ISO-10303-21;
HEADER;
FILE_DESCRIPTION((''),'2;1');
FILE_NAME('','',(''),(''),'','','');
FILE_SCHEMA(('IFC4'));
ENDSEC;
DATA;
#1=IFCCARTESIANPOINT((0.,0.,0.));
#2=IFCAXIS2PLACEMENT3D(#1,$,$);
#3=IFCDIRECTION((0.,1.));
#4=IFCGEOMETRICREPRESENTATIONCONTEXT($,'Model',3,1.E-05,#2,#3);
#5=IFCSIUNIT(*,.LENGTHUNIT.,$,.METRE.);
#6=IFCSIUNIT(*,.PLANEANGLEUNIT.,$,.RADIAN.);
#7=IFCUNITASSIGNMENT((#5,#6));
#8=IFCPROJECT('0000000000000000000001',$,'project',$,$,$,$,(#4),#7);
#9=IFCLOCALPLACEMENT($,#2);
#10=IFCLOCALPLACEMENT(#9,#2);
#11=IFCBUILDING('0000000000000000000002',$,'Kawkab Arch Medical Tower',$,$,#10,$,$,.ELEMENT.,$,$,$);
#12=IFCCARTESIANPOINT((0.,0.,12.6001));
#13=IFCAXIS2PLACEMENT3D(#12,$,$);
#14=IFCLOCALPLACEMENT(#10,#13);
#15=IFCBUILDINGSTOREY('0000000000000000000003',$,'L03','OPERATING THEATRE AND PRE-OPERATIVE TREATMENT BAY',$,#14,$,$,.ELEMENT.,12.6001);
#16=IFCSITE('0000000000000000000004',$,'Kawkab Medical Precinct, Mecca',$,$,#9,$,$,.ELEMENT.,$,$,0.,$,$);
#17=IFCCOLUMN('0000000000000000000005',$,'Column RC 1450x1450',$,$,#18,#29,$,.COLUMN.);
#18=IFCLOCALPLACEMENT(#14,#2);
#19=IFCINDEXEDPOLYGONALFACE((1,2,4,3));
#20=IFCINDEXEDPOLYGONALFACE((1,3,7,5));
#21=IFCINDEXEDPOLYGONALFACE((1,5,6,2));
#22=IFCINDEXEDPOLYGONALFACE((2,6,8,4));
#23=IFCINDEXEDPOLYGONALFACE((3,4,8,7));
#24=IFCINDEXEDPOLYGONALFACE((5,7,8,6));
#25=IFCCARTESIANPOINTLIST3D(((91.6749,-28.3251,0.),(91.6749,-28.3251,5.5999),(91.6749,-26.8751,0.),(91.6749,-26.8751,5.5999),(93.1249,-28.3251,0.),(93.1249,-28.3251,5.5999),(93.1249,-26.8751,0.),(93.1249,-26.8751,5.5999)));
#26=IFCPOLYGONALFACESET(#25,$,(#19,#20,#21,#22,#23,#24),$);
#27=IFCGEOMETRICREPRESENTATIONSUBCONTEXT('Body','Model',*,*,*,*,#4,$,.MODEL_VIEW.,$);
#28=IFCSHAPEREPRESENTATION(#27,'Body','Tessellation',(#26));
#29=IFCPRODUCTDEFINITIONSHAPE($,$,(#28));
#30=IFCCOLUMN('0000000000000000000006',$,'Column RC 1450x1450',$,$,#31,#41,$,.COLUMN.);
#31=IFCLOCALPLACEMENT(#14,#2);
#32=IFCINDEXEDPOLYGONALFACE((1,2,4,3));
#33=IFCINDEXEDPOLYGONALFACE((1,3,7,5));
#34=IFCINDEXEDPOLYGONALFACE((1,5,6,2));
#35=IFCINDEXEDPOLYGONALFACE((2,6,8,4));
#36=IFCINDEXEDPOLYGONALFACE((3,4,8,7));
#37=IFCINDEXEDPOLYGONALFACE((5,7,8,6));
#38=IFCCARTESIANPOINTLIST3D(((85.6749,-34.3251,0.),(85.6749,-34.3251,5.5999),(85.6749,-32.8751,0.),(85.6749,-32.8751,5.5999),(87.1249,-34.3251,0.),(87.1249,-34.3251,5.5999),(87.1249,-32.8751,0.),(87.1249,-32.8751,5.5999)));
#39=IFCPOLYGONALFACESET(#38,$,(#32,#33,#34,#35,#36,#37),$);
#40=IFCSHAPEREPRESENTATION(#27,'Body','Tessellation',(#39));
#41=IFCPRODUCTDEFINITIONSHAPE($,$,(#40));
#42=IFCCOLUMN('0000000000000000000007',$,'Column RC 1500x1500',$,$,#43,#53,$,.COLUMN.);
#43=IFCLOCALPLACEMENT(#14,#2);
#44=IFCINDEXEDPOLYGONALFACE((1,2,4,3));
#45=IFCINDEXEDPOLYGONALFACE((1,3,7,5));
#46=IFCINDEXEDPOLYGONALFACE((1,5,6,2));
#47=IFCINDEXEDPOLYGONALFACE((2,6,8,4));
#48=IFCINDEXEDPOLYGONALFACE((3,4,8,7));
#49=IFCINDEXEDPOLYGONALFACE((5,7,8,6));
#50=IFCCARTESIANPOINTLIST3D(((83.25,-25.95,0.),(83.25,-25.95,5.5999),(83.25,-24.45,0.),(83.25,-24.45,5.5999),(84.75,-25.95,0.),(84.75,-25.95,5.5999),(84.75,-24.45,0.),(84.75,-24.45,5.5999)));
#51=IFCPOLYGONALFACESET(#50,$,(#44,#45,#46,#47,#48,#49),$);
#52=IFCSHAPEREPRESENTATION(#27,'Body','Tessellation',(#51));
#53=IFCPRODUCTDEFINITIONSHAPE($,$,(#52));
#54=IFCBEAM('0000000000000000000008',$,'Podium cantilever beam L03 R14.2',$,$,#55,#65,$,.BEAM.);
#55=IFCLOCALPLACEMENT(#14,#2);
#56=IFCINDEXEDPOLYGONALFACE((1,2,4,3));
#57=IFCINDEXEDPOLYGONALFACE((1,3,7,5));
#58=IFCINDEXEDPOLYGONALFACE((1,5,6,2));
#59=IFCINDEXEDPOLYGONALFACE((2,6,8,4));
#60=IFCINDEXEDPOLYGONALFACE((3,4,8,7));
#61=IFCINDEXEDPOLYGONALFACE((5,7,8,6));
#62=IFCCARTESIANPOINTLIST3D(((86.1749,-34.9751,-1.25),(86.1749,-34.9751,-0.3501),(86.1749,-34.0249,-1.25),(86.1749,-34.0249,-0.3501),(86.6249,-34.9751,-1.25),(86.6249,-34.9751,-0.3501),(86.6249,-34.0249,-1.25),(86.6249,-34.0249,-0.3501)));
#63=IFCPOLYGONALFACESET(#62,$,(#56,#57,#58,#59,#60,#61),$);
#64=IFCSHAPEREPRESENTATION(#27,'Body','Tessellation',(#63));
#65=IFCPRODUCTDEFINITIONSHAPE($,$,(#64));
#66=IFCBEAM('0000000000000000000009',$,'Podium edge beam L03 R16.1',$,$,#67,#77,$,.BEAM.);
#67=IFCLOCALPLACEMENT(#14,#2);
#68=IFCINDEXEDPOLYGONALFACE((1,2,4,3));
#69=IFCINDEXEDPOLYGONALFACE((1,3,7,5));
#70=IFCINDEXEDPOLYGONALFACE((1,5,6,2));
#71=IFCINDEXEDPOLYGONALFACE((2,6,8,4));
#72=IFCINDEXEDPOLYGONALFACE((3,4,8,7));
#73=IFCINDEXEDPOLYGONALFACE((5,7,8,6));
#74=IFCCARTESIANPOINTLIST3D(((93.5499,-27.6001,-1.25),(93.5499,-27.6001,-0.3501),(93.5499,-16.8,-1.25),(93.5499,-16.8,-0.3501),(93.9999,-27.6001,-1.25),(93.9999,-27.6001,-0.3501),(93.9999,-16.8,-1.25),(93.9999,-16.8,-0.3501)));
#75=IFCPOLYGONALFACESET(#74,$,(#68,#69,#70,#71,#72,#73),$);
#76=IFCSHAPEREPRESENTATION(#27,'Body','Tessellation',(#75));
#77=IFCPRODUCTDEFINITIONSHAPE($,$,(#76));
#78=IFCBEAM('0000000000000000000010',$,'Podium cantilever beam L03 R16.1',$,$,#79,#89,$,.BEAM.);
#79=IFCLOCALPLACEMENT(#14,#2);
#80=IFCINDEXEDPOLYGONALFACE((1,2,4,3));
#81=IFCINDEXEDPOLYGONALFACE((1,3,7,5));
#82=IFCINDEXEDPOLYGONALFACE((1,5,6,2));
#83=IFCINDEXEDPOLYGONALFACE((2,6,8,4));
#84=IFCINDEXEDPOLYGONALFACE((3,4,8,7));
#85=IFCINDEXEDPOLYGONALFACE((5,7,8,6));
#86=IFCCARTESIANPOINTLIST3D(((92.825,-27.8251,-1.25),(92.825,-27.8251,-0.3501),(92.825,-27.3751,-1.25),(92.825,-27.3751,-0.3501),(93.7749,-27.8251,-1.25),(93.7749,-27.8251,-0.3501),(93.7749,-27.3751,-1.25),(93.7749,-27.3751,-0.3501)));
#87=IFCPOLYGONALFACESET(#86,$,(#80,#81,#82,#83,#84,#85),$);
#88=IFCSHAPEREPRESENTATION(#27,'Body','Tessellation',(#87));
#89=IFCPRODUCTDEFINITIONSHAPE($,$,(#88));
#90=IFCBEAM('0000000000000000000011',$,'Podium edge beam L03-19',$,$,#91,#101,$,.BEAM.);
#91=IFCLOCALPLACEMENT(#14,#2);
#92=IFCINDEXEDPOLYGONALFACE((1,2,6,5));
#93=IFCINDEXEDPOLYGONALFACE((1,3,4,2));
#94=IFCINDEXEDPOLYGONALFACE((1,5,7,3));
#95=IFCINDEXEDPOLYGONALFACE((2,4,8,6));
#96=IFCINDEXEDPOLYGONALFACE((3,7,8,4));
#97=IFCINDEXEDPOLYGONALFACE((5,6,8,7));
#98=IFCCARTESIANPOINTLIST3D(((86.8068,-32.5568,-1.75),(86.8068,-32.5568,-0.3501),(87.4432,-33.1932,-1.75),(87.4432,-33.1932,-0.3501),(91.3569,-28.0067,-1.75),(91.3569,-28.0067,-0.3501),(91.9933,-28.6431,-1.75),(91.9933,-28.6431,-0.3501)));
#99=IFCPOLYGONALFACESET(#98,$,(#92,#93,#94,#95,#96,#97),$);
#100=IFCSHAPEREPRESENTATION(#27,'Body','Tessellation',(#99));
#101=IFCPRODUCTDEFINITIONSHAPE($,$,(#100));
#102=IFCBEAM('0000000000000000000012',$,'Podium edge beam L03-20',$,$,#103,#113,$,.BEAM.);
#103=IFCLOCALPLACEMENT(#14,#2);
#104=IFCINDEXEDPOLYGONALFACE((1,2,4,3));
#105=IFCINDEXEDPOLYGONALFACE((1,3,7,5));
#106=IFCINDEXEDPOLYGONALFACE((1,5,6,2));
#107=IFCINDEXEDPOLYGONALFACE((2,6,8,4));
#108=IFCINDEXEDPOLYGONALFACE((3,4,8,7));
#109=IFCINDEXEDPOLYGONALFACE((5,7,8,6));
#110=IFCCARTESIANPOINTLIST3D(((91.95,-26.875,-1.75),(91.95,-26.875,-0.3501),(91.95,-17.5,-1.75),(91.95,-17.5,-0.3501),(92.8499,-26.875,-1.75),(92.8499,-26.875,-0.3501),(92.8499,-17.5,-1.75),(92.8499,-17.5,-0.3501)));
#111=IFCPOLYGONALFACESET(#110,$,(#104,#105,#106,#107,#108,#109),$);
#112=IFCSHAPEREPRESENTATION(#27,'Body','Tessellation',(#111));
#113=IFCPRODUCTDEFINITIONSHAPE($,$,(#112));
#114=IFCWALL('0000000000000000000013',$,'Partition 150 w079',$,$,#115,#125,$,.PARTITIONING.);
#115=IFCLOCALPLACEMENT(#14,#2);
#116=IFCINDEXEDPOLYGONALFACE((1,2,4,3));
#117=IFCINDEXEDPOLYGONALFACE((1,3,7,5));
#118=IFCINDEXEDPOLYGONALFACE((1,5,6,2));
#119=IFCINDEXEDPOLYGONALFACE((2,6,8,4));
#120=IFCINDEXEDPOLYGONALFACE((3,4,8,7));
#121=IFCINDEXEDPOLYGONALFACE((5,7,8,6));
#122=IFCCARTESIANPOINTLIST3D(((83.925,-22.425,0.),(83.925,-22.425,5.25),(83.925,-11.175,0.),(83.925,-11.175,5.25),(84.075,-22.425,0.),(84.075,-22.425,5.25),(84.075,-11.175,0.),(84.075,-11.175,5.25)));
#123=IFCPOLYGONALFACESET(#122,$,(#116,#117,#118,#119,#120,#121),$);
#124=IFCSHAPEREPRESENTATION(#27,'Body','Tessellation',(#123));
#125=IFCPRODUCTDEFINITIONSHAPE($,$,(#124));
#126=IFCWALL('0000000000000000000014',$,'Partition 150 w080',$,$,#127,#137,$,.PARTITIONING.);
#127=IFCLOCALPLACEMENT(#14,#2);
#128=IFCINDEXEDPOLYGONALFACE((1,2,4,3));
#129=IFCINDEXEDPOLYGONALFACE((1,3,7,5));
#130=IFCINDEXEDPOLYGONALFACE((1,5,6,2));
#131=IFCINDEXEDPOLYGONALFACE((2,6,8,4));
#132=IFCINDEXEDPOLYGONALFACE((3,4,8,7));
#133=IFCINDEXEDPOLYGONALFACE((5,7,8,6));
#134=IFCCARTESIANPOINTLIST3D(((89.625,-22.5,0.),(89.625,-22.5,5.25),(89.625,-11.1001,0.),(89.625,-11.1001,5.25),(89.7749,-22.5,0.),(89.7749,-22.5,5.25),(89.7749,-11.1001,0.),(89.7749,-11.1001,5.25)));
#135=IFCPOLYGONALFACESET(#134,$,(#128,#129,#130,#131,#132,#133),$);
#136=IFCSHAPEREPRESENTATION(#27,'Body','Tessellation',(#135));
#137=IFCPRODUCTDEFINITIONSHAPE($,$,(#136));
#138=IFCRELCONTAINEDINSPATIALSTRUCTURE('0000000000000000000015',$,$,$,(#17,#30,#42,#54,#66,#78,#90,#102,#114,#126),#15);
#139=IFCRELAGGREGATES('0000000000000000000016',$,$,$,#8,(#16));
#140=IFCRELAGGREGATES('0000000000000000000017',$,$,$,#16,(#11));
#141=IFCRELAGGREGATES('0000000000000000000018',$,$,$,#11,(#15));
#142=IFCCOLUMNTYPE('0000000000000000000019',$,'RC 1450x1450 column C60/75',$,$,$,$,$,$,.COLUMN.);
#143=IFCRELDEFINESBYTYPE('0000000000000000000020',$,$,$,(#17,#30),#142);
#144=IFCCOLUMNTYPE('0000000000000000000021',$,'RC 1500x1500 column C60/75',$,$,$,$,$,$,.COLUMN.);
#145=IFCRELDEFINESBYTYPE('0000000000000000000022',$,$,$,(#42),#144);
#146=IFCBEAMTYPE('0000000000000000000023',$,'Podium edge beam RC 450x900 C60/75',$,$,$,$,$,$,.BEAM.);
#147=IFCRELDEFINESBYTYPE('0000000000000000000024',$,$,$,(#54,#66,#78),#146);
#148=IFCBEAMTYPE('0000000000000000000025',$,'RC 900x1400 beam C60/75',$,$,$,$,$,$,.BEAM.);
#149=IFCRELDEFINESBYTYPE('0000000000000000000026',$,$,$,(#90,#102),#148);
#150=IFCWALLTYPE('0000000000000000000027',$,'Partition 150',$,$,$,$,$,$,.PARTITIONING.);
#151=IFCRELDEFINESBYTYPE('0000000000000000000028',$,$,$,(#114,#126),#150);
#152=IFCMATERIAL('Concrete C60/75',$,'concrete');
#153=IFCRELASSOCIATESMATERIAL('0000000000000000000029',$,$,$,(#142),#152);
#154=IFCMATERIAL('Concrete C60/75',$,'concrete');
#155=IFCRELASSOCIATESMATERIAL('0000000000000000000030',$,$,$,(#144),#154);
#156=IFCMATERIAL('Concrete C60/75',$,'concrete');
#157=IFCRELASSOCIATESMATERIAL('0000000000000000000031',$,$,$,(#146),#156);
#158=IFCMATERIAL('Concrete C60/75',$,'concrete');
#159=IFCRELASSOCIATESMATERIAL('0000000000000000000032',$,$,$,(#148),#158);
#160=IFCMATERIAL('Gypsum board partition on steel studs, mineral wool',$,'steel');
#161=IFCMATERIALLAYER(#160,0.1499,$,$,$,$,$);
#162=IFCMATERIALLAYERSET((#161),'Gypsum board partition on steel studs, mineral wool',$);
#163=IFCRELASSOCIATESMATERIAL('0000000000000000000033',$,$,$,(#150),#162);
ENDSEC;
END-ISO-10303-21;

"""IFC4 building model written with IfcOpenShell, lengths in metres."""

from ifc_helpers import new_model, si_unit, direction, frame, frame_2d, origin, origin_2d, place, context, subcontext, project, spatial, rectangle, extrude, material, layer, layer_set, material_profile, profile_set, type_object, element, save


model = new_model("IFC4")

# Units and contexts
model_context = context("Model", 3, precision=1e-05, world=origin(), true_north=direction((0.0, 1.0)))
body_context = subcontext(model_context, "Body", "Model", "MODEL_VIEW")
ifc_project = project(units=[si_unit("LENGTHUNIT", "METRE"), si_unit("PLANEANGLEUNIT", "RADIAN")], contexts=[model_context])

# Site, building, storey
site_placement = place(None, origin())
site = spatial("IfcSite", under=ifc_project, at=site_placement, Name="Kawkab Medical Precinct, Mecca", CompositionType="ELEMENT", RefElevation=0.0)
building_placement = place(site_placement, origin())
building = spatial("IfcBuilding", under=site, at=building_placement, Name="Kawkab Arch Medical Tower", CompositionType="ELEMENT")
storey_placement = place(building_placement, frame((0.0, 0.0, 12.6001)))
storey = spatial("IfcBuildingStorey", under=building, at=storey_placement, Name="L03", Description="OPERATING THEATRE AND PRE-OPERATIVE TREATMENT BAY", CompositionType="ELEMENT", Elevation=12.6001)

# Columns
ifc_material_1 = material(Name="Concrete C60/75", Category="concrete")
ifc_material_profile_1 = material_profile(ifc_material_1, rectangle(XDim=1.45, YDim=1.45, at=origin_2d()), Name="RC 1450x1450")
ifc_profile_set_1 = profile_set([ifc_material_profile_1], Name="Concrete C60/75")
column_type_1 = type_object("IfcColumnType", Name="RC 1450x1450 column C60/75", PredefinedType="COLUMN", material=ifc_profile_set_1)
for number, where, z_axis, x_axis, name in (
    (1, (92.3999, -27.6001, 0.0), (0.0, 0.0, 1.0), (1.0, 0.0, 0.0), "Column RC 1450x1450"),
    (2, (86.3999, -33.6001, 0.0), (0.0, 0.0, 1.0), (1.0, 0.0, 0.0), "Column RC 1450x1450"),
):
    element("IfcColumn", number, at=place(storey_placement, frame(where, z_axis=z_axis, x_axis=x_axis)), inside=storey, type_object=column_type_1, Name=name, PredefinedType="COLUMN", context=body_context, shape_type="SweptSolid", body=[
        extrude(rectangle(XDim=1.45, YDim=1.45, at=origin_2d()), origin(), (0.0, 0.0, 1.0), 5.5999),
    ])
ifc_material_2 = material(Name="Concrete C60/75", Category="concrete")
ifc_material_profile_2 = material_profile(ifc_material_2, rectangle(XDim=1.5, YDim=1.5, at=origin_2d()), Name="RC 1500x1500")
ifc_profile_set_2 = profile_set([ifc_material_profile_2], Name="Concrete C60/75")
column_type_2 = type_object("IfcColumnType", Name="RC 1500x1500 column C60/75", PredefinedType="COLUMN", material=ifc_profile_set_2)
column_placement = place(storey_placement, frame((84.0, -25.2, 0.0), z_axis=(0.0, 0.0, 1.0), x_axis=(1.0, 0.0, 0.0)))
element("IfcColumn", 3, at=column_placement, inside=storey, type_object=column_type_2, Name="Column RC 1500x1500", PredefinedType="COLUMN", context=body_context, shape_type="SweptSolid", body=[
    extrude(rectangle(XDim=1.5, YDim=1.5, at=origin_2d()), origin(), (0.0, 0.0, 1.0), 5.5999),
])

# Beams
ifc_material_3 = material(Name="Concrete C60/75", Category="concrete")
ifc_material_profile_3 = material_profile(ifc_material_3, rectangle(XDim=0.45, YDim=0.8999, at=origin_2d()), Name="RC 450x900")
ifc_profile_set_3 = profile_set([ifc_material_profile_3], Name="Concrete C60/75")
beam_type_1 = type_object("IfcBeamType", Name="Podium edge beam RC 450x900 C60/75", PredefinedType="BEAM", material=ifc_profile_set_3)
beam_1_placement = place(storey_placement, frame((86.3999, -34.0249, -0.8), z_axis=(0.0, -1.0, 0.0), x_axis=(1.0, 0.0, 0.0)))
element("IfcBeam", 4, at=beam_1_placement, inside=storey, type_object=beam_type_1, Name="Podium cantilever beam L03 R14.2", PredefinedType="BEAM", context=body_context, shape_type="SweptSolid", body=[
    extrude(rectangle(XDim=0.45, YDim=0.8999, at=origin_2d()), origin(), (0.0, 0.0, 1.0), 0.9502),
])
beam_2_placement = place(storey_placement, frame((93.7749, -27.6001, -0.8), z_axis=(0.0, 1.0, 0.0), x_axis=(-1.0, 0.0, 0.0)))
element("IfcBeam", 5, at=beam_2_placement, inside=storey, type_object=beam_type_1, Name="Podium edge beam L03 R16.1", PredefinedType="BEAM", context=body_context, shape_type="SweptSolid", body=[
    extrude(rectangle(XDim=0.45, YDim=0.8999, at=origin_2d()), origin(), (0.0, 0.0, 1.0), 10.8),
])
beam_3_placement = place(storey_placement, frame((92.825, -27.6001, -0.8), z_axis=(1.0, 0.0, 0.0), x_axis=(0.0, 1.0, 0.0)))
element("IfcBeam", 6, at=beam_3_placement, inside=storey, type_object=beam_type_1, Name="Podium cantilever beam L03 R16.1", PredefinedType="BEAM", context=body_context, shape_type="SweptSolid", body=[
    extrude(rectangle(XDim=0.45, YDim=0.8999, at=origin_2d()), origin(), (0.0, 0.0, 1.0), 0.95),
])
ifc_material_4 = material(Name="Concrete C60/75", Category="concrete")
ifc_material_profile_4 = material_profile(ifc_material_4, rectangle(XDim=0.8999, YDim=1.3999, at=origin_2d()), Name="RC 900x1400")
ifc_profile_set_4 = profile_set([ifc_material_profile_4], Name="Concrete C60/75")
beam_type_2 = type_object("IfcBeamType", Name="RC 900x1400 beam C60/75", PredefinedType="BEAM", material=ifc_profile_set_4)
beam_4_placement = place(storey_placement, frame((87.125, -32.875, -1.05), z_axis=(0.707107, 0.707107, 0.0), x_axis=(-0.707107, 0.707107, 0.0)))
element("IfcBeam", 7, at=beam_4_placement, inside=storey, type_object=beam_type_2, Name="Podium edge beam L03-19", PredefinedType="BEAM", context=body_context, shape_type="SweptSolid", body=[
    extrude(rectangle(XDim=0.8999, YDim=1.3999, at=origin_2d()), origin(), (0.0, 0.0, 1.0), 6.4348),
])
beam_5_placement = place(storey_placement, frame((92.3999, -26.875, -1.05), z_axis=(0.0, 1.0, 0.0), x_axis=(-1.0, 0.0, 0.0)))
element("IfcBeam", 8, at=beam_5_placement, inside=storey, type_object=beam_type_2, Name="Podium edge beam L03-20", PredefinedType="BEAM", context=body_context, shape_type="SweptSolid", body=[
    extrude(rectangle(XDim=0.8999, YDim=1.3999, at=origin_2d()), origin(), (0.0, 0.0, 1.0), 9.375),
])

# Walls
ifc_material_5 = material(Name="Gypsum board partition on steel studs, mineral wool", Category="steel")
ifc_layer_1 = layer(ifc_material_5, 0.1499)
ifc_layer_set_1 = layer_set([ifc_layer_1], Name="Gypsum board partition on steel studs, mineral wool")
wall_type_1 = type_object("IfcWallType", Name="Partition 150", PredefinedType="PARTITIONING", material=ifc_layer_set_1)
wall_1_placement = place(storey_placement, frame((84.0, -22.425, 0.0), z_axis=(0.0, 0.0, 1.0), x_axis=(0.0, 1.0, 0.0)))
element("IfcWall", 9, at=wall_1_placement, inside=storey, type_object=wall_type_1, Name="Partition 150 w079", PredefinedType="PARTITIONING", context=body_context, shape_type="SweptSolid", body=[
    extrude(rectangle(XDim=11.25, YDim=0.1499, at=frame_2d((5.625, 0.0))), origin(), (0.0, 0.0, 1.0), 5.25),
])
wall_2_placement = place(storey_placement, frame((89.7, -22.5, 0.0), z_axis=(0.0, 0.0, 1.0), x_axis=(0.0, 1.0, 0.0)))
element("IfcWall", 10, at=wall_2_placement, inside=storey, type_object=wall_type_1, Name="Partition 150 w080", PredefinedType="PARTITIONING", context=body_context, shape_type="SweptSolid", body=[
    extrude(rectangle(XDim=11.3999, YDim=0.1499, at=frame_2d((5.7, 0.0))), origin(), (0.0, 0.0, 1.0), 5.25),
])

save(model, "model.ifc")
